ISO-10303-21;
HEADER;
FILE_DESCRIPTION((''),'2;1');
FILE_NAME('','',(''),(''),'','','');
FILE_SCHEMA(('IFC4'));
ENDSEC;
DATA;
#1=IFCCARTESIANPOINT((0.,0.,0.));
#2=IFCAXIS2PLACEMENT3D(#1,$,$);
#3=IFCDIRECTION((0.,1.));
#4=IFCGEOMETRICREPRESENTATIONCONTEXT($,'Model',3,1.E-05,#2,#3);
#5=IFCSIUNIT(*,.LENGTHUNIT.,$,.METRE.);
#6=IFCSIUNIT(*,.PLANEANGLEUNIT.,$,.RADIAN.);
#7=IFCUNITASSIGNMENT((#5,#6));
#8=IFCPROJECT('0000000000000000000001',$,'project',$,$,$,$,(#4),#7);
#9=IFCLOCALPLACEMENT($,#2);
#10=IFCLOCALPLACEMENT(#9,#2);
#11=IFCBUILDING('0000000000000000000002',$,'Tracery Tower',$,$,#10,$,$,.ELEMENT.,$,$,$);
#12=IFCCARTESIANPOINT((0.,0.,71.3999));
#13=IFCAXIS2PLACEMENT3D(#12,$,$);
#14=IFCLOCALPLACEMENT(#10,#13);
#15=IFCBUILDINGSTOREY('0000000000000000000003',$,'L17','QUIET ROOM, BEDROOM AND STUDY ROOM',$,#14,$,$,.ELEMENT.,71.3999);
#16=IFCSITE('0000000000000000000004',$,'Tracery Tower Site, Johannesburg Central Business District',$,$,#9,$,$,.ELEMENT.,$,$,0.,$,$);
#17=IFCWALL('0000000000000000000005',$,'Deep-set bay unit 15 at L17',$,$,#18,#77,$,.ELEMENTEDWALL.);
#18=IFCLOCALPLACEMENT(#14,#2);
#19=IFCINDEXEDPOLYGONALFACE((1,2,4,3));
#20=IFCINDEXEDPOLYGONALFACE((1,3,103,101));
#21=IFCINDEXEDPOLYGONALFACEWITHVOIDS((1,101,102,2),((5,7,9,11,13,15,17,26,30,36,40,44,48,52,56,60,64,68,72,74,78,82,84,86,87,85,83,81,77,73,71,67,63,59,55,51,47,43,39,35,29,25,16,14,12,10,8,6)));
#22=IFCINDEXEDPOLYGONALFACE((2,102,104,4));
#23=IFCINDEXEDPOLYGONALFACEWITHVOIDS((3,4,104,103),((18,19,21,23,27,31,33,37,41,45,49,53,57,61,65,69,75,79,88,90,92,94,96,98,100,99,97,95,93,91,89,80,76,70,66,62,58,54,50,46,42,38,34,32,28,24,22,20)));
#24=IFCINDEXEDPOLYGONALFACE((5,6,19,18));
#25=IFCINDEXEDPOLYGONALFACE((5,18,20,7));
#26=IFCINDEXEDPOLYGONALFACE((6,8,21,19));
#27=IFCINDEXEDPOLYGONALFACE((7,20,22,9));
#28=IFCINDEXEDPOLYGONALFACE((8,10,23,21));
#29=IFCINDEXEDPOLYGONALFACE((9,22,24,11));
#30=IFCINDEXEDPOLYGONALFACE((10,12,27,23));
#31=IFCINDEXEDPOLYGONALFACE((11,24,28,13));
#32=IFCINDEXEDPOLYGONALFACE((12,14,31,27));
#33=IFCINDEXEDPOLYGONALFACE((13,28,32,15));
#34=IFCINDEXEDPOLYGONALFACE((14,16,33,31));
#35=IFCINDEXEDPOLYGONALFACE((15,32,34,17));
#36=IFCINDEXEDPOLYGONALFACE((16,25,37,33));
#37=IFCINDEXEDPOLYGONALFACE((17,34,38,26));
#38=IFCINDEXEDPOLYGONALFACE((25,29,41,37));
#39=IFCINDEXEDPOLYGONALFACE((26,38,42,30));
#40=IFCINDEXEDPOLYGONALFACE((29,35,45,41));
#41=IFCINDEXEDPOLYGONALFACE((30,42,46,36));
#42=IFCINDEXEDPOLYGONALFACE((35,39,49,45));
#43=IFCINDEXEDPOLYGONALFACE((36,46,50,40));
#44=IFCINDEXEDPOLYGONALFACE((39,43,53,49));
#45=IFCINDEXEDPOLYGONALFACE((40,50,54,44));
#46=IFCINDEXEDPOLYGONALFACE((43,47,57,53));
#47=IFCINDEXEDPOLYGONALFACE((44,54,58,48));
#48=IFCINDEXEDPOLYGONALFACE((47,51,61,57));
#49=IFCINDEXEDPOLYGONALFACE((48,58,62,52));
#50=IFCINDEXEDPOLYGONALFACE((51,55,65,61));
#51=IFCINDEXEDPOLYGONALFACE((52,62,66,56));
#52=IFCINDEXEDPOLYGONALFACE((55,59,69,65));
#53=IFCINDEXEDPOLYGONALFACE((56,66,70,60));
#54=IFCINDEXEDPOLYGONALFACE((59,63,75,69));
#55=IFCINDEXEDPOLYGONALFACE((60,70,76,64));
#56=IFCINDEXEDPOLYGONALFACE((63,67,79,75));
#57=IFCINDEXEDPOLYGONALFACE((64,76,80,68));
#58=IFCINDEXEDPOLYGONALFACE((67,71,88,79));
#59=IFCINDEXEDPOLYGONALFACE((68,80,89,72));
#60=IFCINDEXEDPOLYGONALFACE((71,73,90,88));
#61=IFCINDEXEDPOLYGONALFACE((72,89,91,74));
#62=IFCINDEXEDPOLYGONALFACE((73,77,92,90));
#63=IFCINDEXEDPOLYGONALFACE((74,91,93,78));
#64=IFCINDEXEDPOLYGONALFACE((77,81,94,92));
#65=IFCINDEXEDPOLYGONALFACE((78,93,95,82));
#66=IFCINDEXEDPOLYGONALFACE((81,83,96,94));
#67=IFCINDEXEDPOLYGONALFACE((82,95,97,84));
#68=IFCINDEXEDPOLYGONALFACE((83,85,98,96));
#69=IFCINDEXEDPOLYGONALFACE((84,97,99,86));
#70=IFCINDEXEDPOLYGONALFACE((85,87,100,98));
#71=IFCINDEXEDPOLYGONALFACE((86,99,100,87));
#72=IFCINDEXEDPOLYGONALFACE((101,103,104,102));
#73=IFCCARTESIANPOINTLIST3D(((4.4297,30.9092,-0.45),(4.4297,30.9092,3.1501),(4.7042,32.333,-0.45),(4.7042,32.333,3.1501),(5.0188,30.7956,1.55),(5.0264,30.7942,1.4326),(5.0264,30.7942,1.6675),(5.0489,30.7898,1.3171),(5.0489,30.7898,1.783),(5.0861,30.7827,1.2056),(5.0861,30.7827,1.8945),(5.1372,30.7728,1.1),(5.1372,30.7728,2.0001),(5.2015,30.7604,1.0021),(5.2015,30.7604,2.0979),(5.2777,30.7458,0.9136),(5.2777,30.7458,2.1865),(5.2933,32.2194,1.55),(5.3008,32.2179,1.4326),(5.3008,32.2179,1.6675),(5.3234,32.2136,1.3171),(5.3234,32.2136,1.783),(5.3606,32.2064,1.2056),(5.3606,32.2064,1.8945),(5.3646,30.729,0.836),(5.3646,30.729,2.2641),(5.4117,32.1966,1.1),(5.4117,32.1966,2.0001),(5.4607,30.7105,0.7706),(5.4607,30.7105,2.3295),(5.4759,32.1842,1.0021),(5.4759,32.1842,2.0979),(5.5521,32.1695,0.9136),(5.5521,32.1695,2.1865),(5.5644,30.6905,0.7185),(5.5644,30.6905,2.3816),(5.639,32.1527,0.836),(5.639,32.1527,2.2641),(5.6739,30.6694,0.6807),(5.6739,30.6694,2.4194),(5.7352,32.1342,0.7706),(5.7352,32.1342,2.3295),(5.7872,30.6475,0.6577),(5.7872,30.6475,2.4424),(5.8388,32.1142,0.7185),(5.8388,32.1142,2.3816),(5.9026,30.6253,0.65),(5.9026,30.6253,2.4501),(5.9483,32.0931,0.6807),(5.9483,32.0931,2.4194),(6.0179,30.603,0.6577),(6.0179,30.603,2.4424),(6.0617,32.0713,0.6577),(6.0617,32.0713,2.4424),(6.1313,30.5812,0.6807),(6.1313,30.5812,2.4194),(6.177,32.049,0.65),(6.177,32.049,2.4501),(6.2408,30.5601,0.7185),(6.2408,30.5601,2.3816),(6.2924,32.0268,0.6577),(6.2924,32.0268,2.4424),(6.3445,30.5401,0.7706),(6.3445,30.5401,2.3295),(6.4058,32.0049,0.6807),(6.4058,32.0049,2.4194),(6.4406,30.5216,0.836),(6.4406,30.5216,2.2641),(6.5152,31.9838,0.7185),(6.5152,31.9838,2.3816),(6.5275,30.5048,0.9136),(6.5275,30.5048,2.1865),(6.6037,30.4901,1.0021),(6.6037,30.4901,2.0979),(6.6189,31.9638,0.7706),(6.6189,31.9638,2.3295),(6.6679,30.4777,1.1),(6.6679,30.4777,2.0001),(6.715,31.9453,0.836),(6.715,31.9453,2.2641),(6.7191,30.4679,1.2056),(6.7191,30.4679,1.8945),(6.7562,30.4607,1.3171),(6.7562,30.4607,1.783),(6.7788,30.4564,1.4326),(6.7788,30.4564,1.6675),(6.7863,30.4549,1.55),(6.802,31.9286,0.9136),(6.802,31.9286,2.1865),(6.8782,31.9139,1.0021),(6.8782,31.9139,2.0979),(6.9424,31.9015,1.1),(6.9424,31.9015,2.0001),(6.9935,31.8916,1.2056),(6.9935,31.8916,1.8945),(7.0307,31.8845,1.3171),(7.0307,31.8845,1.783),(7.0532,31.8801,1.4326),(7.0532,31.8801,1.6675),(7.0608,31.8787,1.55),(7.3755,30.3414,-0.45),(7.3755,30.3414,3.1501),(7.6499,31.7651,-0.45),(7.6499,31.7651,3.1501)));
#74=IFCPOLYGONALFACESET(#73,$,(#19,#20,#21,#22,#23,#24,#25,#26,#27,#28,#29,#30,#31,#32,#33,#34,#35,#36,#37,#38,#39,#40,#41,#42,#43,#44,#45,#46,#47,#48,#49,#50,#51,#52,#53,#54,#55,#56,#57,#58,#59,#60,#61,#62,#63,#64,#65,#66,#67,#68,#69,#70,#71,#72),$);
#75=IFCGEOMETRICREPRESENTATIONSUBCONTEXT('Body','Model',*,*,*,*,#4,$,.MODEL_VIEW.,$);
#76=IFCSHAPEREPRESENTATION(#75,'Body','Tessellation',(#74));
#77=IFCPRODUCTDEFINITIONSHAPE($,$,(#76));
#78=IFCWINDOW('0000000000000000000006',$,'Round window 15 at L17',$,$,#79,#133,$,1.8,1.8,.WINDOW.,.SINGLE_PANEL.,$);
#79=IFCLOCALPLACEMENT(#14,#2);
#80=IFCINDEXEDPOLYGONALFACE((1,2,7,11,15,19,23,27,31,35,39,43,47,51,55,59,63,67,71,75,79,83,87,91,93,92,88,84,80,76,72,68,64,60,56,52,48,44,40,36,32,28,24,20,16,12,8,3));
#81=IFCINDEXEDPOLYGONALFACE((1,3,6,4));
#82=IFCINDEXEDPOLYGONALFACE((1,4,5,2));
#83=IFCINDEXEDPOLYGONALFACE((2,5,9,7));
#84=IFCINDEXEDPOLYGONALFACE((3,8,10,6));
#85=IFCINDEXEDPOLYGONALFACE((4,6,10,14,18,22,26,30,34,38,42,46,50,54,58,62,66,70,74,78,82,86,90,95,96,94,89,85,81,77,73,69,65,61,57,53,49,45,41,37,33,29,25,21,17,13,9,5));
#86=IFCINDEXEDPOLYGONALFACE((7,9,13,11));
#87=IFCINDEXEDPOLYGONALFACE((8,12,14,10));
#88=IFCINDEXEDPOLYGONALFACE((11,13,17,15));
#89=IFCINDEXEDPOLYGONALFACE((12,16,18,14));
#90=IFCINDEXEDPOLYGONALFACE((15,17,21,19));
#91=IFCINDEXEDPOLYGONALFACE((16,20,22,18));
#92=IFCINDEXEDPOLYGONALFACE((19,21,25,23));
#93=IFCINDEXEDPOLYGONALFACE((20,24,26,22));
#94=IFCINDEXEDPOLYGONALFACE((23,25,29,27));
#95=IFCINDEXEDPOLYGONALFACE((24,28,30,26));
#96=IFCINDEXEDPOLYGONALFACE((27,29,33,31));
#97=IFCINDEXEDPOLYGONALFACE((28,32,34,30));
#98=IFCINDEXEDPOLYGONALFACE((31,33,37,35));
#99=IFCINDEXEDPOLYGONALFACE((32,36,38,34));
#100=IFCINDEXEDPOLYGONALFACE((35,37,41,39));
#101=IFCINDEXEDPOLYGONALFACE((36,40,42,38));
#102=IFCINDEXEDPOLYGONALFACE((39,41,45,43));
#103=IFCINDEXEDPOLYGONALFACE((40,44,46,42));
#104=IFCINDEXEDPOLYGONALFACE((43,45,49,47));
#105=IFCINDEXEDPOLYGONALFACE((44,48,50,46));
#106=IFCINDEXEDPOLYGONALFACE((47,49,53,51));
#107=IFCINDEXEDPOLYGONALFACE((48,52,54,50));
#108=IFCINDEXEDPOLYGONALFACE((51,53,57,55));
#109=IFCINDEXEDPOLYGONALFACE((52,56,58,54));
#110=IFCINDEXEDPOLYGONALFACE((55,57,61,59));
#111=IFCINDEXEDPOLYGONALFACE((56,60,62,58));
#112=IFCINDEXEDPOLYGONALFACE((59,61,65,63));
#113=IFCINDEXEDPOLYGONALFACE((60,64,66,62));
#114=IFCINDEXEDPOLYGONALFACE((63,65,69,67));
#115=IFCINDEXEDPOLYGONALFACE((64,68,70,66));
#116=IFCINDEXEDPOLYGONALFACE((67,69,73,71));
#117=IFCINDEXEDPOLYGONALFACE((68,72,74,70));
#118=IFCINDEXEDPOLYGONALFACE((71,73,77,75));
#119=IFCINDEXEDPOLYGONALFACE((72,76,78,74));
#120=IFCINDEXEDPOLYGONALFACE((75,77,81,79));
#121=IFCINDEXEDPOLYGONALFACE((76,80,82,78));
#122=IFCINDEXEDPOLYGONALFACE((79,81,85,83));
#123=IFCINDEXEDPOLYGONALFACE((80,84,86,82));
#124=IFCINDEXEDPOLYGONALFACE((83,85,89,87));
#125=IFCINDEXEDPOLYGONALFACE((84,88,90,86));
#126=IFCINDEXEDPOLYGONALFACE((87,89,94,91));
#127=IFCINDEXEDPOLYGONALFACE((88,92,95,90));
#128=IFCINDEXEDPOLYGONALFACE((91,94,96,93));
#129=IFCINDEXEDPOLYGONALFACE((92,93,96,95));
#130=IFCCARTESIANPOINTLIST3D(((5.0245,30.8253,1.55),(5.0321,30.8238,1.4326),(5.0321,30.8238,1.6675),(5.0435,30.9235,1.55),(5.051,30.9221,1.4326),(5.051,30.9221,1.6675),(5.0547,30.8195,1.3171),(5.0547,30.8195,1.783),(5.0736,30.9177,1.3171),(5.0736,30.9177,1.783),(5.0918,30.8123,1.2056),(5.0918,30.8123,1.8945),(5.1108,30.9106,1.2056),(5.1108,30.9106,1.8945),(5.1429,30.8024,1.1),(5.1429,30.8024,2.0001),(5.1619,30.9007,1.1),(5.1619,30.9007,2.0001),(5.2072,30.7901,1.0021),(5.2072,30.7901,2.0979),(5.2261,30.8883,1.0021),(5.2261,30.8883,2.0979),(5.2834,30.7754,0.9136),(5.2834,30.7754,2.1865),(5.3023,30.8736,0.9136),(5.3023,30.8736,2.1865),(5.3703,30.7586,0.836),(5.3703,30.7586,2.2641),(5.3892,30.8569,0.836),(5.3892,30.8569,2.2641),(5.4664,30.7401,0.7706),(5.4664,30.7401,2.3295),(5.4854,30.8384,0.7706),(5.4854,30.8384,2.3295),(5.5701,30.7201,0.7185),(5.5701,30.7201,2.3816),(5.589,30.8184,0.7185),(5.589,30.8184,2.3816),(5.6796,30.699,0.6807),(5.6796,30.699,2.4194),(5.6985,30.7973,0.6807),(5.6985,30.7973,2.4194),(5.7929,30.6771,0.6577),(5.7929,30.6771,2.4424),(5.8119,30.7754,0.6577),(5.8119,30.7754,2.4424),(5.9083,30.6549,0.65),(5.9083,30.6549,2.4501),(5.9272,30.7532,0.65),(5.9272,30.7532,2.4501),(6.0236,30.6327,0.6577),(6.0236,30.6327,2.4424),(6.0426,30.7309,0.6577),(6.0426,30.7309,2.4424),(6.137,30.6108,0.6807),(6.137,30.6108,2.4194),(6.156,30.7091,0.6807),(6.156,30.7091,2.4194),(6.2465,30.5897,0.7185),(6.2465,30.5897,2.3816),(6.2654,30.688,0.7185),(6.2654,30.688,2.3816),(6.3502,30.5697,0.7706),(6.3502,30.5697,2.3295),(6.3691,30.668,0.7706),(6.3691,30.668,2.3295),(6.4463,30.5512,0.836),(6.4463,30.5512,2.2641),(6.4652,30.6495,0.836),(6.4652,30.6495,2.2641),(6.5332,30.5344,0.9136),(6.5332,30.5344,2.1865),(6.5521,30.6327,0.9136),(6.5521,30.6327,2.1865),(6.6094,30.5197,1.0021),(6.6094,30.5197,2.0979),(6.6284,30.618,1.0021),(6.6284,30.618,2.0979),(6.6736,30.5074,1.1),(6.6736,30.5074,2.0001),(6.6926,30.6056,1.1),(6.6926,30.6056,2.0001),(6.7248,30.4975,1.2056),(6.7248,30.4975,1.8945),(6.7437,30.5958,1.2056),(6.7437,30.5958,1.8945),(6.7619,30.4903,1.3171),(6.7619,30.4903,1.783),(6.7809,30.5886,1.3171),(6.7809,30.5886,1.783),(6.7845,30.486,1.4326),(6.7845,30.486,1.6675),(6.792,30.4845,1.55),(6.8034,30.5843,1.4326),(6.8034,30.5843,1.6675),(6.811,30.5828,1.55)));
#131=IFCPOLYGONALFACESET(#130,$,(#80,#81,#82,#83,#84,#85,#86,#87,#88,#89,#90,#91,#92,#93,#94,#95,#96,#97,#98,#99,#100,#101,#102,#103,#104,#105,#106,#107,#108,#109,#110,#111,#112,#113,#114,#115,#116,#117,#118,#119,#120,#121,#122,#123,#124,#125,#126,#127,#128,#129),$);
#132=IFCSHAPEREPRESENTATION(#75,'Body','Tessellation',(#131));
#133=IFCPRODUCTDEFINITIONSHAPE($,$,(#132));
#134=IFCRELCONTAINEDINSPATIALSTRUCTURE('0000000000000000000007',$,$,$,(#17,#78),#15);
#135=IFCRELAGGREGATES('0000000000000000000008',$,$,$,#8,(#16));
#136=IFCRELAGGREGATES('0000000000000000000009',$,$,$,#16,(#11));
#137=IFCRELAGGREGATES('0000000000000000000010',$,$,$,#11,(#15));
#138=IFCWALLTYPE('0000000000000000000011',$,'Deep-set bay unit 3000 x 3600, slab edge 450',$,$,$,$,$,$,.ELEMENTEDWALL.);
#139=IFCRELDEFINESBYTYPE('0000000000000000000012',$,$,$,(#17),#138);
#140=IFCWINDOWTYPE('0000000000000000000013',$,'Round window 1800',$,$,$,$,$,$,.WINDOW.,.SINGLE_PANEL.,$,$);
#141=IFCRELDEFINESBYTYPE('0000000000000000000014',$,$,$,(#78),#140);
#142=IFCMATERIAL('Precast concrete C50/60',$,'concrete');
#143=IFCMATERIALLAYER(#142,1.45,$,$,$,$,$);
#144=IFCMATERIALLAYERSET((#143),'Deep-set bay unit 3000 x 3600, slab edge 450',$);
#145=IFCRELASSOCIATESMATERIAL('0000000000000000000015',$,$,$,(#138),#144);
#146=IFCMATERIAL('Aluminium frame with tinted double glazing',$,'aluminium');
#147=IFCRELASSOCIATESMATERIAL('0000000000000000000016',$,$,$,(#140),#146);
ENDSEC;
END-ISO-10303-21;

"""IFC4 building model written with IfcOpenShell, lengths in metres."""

from ifc_helpers import new_model, si_unit, direction, frame, frame_2d, origin, origin_2d, place, context, subcontext, project, spatial, rectangle, circle, extrude, material, layer, layer_set, type_object, element, fill, save


model = new_model("IFC4")

# Units and contexts
model_context = context("Model", 3, precision=1e-05, world=origin(), true_north=direction((0.0, 1.0)))
body_context = subcontext(model_context, "Body", "Model", "MODEL_VIEW")
ifc_project = project(units=[si_unit("LENGTHUNIT", "METRE"), si_unit("PLANEANGLEUNIT", "RADIAN")], contexts=[model_context])

# Site, building, storey
site_placement = place(None, origin())
site = spatial("IfcSite", under=ifc_project, at=site_placement, Name="Tracery Tower Site, Johannesburg Central Business District", CompositionType="ELEMENT", RefElevation=0.0)
building_placement = place(site_placement, origin())
building = spatial("IfcBuilding", under=site, at=building_placement, Name="Tracery Tower", CompositionType="ELEMENT")
storey_placement = place(building_placement, frame((0.0, 0.0, 71.3999)))
storey = spatial("IfcBuildingStorey", under=building, at=storey_placement, Name="L17", Description="QUIET ROOM, BEDROOM AND STUDY ROOM", CompositionType="ELEMENT", Elevation=71.3999)

# Wall, opening, window
ifc_material_1 = material(Name="Precast concrete C50/60", Category="concrete")
ifc_layer_1 = layer(ifc_material_1, 1.45)
ifc_layer_set_1 = layer_set([ifc_layer_1], Name="Deep-set bay unit 3000 x 3600, slab edge 450")
wall_type_1 = type_object("IfcWallType", Name="Deep-set bay unit 3000 x 3600, slab edge 450", PredefinedType="ELEMENTEDWALL", material=ifc_layer_set_1)
wall_1_placement = place(storey_placement, frame((7.5127, 31.0532, -0.45), z_axis=(0.0, 0.0, 1.0), x_axis=(-0.981922, 0.189288, 0.0)))
wall_1 = element("IfcWall", 1, at=wall_1_placement, inside=storey, type_object=wall_type_1, Name="Deep-set bay unit 15 at L17", PredefinedType="ELEMENTEDWALL", context=body_context, shape_type="SweptSolid", body=[
    extrude(rectangle(XDim=3.0, YDim=1.45, at=frame_2d((1.5, 0.0))), origin(), (0.0, 0.0, 1.0), 3.6001),
])
opening_1_placement = place(wall_1_placement, frame((1.5, 0.0, 2.0)))
opening_1 = element("IfcOpeningElement", 2, at=opening_1_placement, cuts=wall_1, PredefinedType="OPENING", context=body_context, shape_type="SweptSolid", body=[
    extrude(circle(Radius=0.9, at=origin_2d()), frame((0.0, 0.7349, 0.0), z_axis=(0.0, -1.0, 0.0), x_axis=(1.0, 0.0, 0.0)), (0.0, 0.0, 1.0), 1.47),
])
ifc_material_2 = material(Name="Aluminium frame with tinted double glazing", Category="aluminium")
window_type = type_object("IfcWindowType", Name="Round window 1800", PartitioningType="SINGLE_PANEL", PredefinedType="WINDOW", material=ifc_material_2)
window_1_placement = place(opening_1_placement, origin())
window_1 = element("IfcWindow", 3, at=window_1_placement, inside=storey, type_object=window_type, Name="Round window 15 at L17", OverallHeight=1.8, OverallWidth=1.8, PartitioningType="SINGLE_PANEL", PredefinedType="WINDOW", context=body_context, shape_type="SweptSolid", body=[
    extrude(circle(Radius=0.9, at=origin_2d()), frame((0.0, 0.6948, 0.0), z_axis=(0.0, -1.0, 0.0), x_axis=(1.0, 0.0, 0.0)), (0.0, 0.0, 1.0), 0.1001),
])
fill(opening_1, window_1)

save(model, "model.ifc")
